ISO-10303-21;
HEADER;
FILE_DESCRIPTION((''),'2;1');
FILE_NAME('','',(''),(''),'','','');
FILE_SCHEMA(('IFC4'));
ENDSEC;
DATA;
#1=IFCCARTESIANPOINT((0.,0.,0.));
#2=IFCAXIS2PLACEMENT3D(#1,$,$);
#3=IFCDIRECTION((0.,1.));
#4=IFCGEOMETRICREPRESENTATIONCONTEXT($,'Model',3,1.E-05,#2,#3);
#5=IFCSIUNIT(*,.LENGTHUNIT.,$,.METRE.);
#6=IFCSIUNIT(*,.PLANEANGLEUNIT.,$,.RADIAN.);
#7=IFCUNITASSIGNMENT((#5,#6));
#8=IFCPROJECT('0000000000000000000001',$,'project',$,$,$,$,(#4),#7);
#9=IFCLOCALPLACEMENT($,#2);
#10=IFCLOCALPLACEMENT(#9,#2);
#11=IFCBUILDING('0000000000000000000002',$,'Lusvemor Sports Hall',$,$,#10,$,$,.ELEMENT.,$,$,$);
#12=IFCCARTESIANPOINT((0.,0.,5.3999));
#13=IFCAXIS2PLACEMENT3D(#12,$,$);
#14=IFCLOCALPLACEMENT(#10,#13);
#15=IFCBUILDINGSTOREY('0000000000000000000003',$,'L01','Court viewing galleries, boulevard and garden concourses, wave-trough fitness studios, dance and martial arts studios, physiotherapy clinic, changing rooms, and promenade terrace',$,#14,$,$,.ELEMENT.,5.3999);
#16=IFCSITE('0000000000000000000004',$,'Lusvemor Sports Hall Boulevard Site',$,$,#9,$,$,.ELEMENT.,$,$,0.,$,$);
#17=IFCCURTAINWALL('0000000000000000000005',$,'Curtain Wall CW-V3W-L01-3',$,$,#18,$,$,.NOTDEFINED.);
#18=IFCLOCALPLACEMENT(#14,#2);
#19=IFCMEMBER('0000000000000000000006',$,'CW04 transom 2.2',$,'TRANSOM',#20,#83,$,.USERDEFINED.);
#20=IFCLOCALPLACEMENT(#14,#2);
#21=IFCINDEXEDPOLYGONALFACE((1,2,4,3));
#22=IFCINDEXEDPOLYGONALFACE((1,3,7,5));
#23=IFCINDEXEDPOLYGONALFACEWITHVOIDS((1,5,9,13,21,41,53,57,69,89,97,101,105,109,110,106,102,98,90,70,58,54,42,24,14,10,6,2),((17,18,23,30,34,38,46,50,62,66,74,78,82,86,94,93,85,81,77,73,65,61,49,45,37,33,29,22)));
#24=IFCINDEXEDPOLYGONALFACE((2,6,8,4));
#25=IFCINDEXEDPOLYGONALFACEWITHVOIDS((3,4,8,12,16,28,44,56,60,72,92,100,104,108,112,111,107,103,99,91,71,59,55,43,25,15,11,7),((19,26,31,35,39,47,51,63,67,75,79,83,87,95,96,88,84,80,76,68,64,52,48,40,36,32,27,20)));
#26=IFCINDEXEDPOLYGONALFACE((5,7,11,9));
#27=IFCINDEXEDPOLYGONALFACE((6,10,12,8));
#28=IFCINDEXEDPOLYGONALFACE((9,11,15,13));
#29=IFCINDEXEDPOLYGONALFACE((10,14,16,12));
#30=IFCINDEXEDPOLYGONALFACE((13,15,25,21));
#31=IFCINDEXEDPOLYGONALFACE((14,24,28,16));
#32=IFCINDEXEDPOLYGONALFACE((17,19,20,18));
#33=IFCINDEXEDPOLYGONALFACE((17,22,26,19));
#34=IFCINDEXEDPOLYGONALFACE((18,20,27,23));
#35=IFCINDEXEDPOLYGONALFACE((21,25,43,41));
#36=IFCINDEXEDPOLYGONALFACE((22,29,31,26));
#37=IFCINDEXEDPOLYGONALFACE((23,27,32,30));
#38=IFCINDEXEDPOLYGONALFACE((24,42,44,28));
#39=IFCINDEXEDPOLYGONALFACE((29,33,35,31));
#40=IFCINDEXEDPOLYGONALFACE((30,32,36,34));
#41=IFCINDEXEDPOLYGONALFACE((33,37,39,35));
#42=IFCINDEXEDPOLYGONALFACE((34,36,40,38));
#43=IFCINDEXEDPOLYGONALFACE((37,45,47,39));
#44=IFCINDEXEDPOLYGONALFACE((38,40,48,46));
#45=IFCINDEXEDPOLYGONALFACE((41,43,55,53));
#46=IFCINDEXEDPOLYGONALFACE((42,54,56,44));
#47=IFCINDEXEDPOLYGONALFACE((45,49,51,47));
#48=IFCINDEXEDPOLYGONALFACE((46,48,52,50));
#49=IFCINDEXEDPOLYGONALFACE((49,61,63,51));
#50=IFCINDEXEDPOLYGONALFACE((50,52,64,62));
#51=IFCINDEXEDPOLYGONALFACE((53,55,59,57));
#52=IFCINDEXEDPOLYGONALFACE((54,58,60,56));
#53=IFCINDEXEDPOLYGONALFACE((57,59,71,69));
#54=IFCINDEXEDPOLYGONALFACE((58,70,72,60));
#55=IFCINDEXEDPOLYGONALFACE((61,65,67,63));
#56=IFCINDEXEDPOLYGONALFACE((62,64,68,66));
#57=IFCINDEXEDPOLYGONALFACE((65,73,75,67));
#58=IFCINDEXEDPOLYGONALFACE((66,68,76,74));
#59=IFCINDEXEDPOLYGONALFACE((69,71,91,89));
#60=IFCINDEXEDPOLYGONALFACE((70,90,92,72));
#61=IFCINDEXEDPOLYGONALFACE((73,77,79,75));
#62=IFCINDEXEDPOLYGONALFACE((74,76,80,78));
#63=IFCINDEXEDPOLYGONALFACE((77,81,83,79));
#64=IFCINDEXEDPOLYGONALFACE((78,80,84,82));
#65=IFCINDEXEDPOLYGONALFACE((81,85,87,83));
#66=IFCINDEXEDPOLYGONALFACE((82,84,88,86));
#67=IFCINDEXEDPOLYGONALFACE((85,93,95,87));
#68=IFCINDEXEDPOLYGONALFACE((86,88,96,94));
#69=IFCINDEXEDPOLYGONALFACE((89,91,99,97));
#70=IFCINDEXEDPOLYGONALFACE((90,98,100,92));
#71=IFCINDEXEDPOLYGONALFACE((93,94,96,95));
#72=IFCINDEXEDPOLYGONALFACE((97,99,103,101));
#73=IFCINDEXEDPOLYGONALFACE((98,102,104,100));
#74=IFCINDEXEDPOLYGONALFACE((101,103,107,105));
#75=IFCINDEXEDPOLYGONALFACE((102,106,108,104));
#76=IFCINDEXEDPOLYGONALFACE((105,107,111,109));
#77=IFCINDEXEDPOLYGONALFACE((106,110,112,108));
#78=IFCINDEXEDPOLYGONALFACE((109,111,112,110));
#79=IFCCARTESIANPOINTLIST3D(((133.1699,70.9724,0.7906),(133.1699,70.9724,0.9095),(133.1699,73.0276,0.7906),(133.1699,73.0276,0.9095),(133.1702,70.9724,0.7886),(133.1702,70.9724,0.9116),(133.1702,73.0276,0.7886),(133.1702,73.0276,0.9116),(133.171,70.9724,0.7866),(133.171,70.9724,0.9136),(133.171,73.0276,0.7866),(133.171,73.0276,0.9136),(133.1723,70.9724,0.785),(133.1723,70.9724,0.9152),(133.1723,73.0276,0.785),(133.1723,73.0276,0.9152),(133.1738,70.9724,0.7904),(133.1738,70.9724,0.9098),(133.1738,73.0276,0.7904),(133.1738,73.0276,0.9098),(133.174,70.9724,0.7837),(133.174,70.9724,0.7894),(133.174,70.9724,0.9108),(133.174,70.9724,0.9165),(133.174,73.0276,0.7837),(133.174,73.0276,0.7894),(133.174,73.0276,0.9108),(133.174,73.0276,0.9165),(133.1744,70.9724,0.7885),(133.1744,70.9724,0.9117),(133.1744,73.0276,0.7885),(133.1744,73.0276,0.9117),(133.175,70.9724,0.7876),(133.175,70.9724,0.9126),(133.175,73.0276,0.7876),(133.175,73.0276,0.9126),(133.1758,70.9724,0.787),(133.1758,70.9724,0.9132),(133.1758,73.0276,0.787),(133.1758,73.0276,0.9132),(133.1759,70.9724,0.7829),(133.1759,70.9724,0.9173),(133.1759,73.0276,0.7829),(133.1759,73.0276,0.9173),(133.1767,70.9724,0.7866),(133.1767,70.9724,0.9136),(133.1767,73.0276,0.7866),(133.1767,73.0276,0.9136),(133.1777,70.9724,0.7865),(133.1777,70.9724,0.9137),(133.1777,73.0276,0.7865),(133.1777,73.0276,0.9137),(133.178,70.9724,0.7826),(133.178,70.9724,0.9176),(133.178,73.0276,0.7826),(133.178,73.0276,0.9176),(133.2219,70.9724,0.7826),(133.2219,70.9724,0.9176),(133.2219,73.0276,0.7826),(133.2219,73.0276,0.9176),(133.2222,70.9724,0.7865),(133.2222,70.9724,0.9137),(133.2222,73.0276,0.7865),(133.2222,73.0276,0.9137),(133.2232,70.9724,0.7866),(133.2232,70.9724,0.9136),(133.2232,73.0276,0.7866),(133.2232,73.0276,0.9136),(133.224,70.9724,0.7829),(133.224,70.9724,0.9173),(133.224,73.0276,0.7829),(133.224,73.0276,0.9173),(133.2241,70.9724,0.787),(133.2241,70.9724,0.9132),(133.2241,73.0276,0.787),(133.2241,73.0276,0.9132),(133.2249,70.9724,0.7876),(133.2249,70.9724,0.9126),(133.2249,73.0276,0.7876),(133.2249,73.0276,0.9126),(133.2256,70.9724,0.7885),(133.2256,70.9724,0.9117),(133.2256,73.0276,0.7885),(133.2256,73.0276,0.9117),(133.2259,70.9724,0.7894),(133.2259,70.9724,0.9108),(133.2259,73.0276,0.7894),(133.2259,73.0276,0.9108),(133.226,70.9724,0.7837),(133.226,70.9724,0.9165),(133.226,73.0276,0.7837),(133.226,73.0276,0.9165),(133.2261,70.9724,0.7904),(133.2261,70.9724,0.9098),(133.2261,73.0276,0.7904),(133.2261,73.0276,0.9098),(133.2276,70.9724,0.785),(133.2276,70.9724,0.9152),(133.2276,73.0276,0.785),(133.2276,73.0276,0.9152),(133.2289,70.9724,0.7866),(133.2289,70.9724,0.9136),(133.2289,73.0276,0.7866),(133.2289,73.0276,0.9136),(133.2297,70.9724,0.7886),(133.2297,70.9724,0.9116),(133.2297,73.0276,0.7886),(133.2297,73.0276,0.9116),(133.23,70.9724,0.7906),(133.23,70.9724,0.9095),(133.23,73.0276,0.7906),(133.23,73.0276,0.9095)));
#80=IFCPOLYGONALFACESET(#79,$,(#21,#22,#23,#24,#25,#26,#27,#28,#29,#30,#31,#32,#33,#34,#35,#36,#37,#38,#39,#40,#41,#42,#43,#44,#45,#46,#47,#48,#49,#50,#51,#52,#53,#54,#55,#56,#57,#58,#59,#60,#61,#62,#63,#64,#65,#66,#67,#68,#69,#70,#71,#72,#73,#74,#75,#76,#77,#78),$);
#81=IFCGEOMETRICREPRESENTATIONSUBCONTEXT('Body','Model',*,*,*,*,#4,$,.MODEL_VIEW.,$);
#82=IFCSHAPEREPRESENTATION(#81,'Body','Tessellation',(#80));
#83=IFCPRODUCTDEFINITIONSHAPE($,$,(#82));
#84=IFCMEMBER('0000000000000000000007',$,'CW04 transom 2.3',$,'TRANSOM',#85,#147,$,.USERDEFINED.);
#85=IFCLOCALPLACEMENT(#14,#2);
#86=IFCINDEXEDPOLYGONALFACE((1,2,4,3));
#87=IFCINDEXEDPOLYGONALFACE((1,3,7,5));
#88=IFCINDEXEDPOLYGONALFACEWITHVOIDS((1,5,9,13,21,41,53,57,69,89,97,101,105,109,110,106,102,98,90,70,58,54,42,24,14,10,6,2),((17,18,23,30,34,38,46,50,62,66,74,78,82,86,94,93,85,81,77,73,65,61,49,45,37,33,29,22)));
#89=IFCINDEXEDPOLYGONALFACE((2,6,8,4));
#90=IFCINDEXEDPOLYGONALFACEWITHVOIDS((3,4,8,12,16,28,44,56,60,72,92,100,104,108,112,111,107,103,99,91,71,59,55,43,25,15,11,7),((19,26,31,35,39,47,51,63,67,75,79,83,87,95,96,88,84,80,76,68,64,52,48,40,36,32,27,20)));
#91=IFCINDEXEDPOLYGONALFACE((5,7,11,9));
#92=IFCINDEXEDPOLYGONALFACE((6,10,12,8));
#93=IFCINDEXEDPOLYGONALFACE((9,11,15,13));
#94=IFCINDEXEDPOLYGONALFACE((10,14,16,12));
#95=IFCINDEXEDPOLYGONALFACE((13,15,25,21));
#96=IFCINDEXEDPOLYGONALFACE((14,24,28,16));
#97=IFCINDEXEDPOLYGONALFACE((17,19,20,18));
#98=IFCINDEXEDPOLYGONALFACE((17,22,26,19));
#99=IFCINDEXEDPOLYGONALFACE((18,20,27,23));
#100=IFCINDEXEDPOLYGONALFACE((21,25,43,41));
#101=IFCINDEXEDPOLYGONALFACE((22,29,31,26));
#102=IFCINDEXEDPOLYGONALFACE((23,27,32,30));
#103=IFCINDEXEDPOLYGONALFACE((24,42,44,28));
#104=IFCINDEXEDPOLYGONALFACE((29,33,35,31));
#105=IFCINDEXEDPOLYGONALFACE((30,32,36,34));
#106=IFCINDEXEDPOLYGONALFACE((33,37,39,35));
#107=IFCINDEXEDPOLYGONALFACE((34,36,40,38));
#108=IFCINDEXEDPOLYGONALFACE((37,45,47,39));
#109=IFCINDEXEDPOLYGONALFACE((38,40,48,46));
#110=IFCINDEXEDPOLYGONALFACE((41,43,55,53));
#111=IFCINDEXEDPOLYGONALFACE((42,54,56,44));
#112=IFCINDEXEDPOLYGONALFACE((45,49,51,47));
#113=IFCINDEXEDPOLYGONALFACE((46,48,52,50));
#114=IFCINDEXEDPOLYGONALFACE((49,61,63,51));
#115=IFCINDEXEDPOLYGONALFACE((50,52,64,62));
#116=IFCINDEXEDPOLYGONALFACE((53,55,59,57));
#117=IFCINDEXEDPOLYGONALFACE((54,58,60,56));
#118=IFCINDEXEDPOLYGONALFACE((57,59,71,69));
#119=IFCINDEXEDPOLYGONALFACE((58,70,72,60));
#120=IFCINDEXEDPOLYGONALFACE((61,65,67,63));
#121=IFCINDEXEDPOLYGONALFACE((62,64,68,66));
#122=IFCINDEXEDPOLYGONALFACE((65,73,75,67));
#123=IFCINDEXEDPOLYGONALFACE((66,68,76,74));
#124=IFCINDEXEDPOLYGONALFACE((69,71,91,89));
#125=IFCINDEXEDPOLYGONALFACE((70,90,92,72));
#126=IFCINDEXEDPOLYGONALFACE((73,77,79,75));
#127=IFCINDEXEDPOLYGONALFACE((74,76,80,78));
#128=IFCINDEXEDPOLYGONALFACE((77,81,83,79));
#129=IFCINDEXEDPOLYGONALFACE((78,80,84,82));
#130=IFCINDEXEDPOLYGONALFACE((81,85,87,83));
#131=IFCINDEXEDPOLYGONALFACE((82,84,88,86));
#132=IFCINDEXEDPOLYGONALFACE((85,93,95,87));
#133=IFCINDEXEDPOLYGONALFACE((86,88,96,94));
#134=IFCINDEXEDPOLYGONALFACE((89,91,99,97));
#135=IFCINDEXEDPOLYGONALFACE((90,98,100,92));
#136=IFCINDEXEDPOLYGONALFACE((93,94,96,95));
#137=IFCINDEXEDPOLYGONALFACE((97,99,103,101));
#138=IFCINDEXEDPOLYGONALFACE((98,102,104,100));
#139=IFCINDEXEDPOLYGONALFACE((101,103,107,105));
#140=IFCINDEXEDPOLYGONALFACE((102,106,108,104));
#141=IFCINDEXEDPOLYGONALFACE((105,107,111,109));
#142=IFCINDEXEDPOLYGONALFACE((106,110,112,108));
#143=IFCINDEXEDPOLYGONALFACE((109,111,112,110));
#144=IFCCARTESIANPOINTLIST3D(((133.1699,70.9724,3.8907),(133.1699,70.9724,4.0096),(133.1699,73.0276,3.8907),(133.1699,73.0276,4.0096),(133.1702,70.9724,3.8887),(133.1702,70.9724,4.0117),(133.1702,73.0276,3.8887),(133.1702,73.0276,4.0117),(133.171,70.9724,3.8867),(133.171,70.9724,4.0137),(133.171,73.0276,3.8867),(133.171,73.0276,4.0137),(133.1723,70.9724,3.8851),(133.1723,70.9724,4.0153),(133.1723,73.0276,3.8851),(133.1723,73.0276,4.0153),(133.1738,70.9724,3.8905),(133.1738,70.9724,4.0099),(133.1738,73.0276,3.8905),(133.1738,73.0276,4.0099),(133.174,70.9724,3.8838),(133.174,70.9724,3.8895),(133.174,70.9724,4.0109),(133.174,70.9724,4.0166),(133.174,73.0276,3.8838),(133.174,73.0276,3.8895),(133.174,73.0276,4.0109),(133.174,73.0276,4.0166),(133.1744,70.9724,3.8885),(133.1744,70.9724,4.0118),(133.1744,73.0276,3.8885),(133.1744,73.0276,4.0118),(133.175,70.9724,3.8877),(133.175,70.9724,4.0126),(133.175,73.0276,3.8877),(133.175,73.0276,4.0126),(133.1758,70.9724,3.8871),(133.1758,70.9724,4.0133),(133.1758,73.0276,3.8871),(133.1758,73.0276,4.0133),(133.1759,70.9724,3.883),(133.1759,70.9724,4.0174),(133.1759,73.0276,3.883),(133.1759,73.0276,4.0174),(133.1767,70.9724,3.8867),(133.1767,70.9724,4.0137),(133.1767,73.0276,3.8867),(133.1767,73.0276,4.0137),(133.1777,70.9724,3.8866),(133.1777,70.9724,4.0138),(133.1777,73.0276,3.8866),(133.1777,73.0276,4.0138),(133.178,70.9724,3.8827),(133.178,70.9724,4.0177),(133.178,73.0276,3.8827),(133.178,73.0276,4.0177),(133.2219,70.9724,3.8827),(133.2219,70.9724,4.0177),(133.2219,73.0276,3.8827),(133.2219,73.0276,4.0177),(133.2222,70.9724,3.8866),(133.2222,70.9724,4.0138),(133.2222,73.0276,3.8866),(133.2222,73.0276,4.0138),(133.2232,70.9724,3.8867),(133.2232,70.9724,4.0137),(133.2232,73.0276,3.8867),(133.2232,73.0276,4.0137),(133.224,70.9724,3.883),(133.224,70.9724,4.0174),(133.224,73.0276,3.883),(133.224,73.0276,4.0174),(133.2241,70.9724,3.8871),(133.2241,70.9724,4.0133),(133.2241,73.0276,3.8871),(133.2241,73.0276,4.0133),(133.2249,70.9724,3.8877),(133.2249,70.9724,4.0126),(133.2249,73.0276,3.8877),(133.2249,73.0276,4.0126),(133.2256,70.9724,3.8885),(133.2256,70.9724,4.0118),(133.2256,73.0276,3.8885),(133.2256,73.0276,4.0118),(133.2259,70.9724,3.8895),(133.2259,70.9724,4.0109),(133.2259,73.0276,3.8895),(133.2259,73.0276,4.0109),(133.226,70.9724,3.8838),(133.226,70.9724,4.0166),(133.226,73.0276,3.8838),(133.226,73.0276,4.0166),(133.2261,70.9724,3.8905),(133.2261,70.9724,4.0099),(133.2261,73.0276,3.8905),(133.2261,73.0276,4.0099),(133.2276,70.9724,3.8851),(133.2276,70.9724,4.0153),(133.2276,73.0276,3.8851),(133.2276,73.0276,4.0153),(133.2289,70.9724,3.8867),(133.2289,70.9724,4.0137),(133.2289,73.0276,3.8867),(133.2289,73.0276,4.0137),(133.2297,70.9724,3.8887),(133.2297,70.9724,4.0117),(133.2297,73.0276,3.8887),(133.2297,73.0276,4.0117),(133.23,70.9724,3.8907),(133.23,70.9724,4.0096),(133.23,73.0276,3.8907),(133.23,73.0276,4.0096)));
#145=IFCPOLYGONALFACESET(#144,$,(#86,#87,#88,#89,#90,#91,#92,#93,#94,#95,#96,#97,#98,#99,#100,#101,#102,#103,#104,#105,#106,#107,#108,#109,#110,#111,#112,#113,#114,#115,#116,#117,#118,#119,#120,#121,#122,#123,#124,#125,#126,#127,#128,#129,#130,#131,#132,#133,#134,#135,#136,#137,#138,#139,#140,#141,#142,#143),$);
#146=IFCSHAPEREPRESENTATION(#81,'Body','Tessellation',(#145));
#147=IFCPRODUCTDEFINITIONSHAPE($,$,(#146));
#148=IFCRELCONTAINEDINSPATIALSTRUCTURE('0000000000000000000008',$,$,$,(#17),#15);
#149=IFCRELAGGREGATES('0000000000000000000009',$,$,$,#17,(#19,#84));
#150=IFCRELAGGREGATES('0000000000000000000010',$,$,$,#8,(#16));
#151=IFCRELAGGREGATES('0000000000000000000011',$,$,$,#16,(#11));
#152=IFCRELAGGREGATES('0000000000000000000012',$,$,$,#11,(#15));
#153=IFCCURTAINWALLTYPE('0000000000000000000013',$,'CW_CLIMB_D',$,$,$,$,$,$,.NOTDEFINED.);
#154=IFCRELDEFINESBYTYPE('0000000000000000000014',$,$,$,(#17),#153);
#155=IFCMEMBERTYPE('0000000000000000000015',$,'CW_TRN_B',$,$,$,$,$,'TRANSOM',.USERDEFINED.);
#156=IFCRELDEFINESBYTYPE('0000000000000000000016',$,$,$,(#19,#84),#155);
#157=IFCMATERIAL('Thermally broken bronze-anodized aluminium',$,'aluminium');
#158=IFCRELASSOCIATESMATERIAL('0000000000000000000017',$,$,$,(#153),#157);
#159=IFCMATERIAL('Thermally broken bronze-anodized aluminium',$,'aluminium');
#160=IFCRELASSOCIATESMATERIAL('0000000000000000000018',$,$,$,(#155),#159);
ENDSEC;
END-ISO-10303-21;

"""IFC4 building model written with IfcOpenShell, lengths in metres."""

from ifc_helpers import new_model, si_unit, direction, frame, origin, origin_2d, place, context, subcontext, project, spatial, hollow_rectangle, extrude, material, material_profile, profile_set, type_object, element, aggregate, save


model = new_model("IFC4")

# Units and contexts
model_context = context("Model", 3, precision=1e-05, world=origin(), true_north=direction((0.0, 1.0)))
body_context = subcontext(model_context, "Body", "Model", "MODEL_VIEW")
ifc_project = project(units=[si_unit("LENGTHUNIT", "METRE"), si_unit("PLANEANGLEUNIT", "RADIAN")], contexts=[model_context])

# Site, building, storey
site_placement = place(None, origin())
site = spatial("IfcSite", under=ifc_project, at=site_placement, Name="Lusvemor Sports Hall Boulevard Site", CompositionType="ELEMENT", RefElevation=0.0)
building_placement = place(site_placement, origin())
building = spatial("IfcBuilding", under=site, at=building_placement, Name="Lusvemor Sports Hall", CompositionType="ELEMENT")
storey_placement = place(building_placement, frame((0.0, 0.0, 5.3999)))
storey = spatial("IfcBuildingStorey", under=building, at=storey_placement, Name="L01", Description="Court viewing galleries, boulevard and garden concourses, wave-trough fitness studios, dance and martial arts studios, physiotherapy clinic, changing rooms, and promenade terrace", CompositionType="ELEMENT", Elevation=5.3999)

# Shared definitions
ifc_material_1 = material(Name="Thermally broken bronze-anodized aluminium", Category="aluminium")
curtain_wall_type = type_object("IfcCurtainWallType", Name="CW_CLIMB_D", PredefinedType="NOTDEFINED", material=ifc_material_1)

# Curtain wall
curtain_wall_1_placement = place(storey_placement, origin())
curtain_wall_1 = element("IfcCurtainWall", 1, at=curtain_wall_1_placement, inside=storey, type_object=curtain_wall_type, Name="Curtain Wall CW-V3W-L01-3", PredefinedType="NOTDEFINED")

# Members
ifc_material_2 = material(Name="Thermally broken bronze-anodized aluminium", Category="aluminium")
ifc_material_profile_1 = material_profile(ifc_material_2, hollow_rectangle(XDim=0.0601, YDim=0.135, WallThickness=0.0039, InnerFilletRadius=0.0039, OuterFilletRadius=0.0081, at=origin_2d()), Name="CWTRN135x60x4")
ifc_profile_set_1 = profile_set([ifc_material_profile_1], Name="Thermally broken bronze-anodized aluminium")
member_type_1 = type_object("IfcMemberType", Name="CW_TRN_B", ElementType="TRANSOM", PredefinedType="USERDEFINED", material=ifc_profile_set_1)
member_1_placement = place(storey_placement, frame((133.2, 70.9724, 0.8501), z_axis=(0.0, 1.0, 0.0), x_axis=(-1.0, 0.0, 0.0)))
member_1 = element("IfcMember", 2, at=member_1_placement, type_object=member_type_1, Name="CW04 transom 2.2", ObjectType="TRANSOM", PredefinedType="USERDEFINED", context=body_context, shape_type="SweptSolid", body=[
    extrude(hollow_rectangle(XDim=0.0601, YDim=0.135, WallThickness=0.0039, InnerFilletRadius=0.0039, OuterFilletRadius=0.0081, at=origin_2d()), origin(), (0.0, 0.0, 1.0), 2.0552),
])
member_2_placement = place(storey_placement, frame((133.2, 70.9724, 3.9502), z_axis=(0.0, 1.0, 0.0), x_axis=(-1.0, 0.0, 0.0)))
member_2 = element("IfcMember", 3, at=member_2_placement, type_object=member_type_1, Name="CW04 transom 2.3", ObjectType="TRANSOM", PredefinedType="USERDEFINED", context=body_context, shape_type="SweptSolid", body=[
    extrude(hollow_rectangle(XDim=0.0601, YDim=0.135, WallThickness=0.0039, InnerFilletRadius=0.0039, OuterFilletRadius=0.0081, at=origin_2d()), origin(), (0.0, 0.0, 1.0), 2.0552),
])

aggregate(curtain_wall_1, [member_1, member_2])

save(model, "model.ifc")
